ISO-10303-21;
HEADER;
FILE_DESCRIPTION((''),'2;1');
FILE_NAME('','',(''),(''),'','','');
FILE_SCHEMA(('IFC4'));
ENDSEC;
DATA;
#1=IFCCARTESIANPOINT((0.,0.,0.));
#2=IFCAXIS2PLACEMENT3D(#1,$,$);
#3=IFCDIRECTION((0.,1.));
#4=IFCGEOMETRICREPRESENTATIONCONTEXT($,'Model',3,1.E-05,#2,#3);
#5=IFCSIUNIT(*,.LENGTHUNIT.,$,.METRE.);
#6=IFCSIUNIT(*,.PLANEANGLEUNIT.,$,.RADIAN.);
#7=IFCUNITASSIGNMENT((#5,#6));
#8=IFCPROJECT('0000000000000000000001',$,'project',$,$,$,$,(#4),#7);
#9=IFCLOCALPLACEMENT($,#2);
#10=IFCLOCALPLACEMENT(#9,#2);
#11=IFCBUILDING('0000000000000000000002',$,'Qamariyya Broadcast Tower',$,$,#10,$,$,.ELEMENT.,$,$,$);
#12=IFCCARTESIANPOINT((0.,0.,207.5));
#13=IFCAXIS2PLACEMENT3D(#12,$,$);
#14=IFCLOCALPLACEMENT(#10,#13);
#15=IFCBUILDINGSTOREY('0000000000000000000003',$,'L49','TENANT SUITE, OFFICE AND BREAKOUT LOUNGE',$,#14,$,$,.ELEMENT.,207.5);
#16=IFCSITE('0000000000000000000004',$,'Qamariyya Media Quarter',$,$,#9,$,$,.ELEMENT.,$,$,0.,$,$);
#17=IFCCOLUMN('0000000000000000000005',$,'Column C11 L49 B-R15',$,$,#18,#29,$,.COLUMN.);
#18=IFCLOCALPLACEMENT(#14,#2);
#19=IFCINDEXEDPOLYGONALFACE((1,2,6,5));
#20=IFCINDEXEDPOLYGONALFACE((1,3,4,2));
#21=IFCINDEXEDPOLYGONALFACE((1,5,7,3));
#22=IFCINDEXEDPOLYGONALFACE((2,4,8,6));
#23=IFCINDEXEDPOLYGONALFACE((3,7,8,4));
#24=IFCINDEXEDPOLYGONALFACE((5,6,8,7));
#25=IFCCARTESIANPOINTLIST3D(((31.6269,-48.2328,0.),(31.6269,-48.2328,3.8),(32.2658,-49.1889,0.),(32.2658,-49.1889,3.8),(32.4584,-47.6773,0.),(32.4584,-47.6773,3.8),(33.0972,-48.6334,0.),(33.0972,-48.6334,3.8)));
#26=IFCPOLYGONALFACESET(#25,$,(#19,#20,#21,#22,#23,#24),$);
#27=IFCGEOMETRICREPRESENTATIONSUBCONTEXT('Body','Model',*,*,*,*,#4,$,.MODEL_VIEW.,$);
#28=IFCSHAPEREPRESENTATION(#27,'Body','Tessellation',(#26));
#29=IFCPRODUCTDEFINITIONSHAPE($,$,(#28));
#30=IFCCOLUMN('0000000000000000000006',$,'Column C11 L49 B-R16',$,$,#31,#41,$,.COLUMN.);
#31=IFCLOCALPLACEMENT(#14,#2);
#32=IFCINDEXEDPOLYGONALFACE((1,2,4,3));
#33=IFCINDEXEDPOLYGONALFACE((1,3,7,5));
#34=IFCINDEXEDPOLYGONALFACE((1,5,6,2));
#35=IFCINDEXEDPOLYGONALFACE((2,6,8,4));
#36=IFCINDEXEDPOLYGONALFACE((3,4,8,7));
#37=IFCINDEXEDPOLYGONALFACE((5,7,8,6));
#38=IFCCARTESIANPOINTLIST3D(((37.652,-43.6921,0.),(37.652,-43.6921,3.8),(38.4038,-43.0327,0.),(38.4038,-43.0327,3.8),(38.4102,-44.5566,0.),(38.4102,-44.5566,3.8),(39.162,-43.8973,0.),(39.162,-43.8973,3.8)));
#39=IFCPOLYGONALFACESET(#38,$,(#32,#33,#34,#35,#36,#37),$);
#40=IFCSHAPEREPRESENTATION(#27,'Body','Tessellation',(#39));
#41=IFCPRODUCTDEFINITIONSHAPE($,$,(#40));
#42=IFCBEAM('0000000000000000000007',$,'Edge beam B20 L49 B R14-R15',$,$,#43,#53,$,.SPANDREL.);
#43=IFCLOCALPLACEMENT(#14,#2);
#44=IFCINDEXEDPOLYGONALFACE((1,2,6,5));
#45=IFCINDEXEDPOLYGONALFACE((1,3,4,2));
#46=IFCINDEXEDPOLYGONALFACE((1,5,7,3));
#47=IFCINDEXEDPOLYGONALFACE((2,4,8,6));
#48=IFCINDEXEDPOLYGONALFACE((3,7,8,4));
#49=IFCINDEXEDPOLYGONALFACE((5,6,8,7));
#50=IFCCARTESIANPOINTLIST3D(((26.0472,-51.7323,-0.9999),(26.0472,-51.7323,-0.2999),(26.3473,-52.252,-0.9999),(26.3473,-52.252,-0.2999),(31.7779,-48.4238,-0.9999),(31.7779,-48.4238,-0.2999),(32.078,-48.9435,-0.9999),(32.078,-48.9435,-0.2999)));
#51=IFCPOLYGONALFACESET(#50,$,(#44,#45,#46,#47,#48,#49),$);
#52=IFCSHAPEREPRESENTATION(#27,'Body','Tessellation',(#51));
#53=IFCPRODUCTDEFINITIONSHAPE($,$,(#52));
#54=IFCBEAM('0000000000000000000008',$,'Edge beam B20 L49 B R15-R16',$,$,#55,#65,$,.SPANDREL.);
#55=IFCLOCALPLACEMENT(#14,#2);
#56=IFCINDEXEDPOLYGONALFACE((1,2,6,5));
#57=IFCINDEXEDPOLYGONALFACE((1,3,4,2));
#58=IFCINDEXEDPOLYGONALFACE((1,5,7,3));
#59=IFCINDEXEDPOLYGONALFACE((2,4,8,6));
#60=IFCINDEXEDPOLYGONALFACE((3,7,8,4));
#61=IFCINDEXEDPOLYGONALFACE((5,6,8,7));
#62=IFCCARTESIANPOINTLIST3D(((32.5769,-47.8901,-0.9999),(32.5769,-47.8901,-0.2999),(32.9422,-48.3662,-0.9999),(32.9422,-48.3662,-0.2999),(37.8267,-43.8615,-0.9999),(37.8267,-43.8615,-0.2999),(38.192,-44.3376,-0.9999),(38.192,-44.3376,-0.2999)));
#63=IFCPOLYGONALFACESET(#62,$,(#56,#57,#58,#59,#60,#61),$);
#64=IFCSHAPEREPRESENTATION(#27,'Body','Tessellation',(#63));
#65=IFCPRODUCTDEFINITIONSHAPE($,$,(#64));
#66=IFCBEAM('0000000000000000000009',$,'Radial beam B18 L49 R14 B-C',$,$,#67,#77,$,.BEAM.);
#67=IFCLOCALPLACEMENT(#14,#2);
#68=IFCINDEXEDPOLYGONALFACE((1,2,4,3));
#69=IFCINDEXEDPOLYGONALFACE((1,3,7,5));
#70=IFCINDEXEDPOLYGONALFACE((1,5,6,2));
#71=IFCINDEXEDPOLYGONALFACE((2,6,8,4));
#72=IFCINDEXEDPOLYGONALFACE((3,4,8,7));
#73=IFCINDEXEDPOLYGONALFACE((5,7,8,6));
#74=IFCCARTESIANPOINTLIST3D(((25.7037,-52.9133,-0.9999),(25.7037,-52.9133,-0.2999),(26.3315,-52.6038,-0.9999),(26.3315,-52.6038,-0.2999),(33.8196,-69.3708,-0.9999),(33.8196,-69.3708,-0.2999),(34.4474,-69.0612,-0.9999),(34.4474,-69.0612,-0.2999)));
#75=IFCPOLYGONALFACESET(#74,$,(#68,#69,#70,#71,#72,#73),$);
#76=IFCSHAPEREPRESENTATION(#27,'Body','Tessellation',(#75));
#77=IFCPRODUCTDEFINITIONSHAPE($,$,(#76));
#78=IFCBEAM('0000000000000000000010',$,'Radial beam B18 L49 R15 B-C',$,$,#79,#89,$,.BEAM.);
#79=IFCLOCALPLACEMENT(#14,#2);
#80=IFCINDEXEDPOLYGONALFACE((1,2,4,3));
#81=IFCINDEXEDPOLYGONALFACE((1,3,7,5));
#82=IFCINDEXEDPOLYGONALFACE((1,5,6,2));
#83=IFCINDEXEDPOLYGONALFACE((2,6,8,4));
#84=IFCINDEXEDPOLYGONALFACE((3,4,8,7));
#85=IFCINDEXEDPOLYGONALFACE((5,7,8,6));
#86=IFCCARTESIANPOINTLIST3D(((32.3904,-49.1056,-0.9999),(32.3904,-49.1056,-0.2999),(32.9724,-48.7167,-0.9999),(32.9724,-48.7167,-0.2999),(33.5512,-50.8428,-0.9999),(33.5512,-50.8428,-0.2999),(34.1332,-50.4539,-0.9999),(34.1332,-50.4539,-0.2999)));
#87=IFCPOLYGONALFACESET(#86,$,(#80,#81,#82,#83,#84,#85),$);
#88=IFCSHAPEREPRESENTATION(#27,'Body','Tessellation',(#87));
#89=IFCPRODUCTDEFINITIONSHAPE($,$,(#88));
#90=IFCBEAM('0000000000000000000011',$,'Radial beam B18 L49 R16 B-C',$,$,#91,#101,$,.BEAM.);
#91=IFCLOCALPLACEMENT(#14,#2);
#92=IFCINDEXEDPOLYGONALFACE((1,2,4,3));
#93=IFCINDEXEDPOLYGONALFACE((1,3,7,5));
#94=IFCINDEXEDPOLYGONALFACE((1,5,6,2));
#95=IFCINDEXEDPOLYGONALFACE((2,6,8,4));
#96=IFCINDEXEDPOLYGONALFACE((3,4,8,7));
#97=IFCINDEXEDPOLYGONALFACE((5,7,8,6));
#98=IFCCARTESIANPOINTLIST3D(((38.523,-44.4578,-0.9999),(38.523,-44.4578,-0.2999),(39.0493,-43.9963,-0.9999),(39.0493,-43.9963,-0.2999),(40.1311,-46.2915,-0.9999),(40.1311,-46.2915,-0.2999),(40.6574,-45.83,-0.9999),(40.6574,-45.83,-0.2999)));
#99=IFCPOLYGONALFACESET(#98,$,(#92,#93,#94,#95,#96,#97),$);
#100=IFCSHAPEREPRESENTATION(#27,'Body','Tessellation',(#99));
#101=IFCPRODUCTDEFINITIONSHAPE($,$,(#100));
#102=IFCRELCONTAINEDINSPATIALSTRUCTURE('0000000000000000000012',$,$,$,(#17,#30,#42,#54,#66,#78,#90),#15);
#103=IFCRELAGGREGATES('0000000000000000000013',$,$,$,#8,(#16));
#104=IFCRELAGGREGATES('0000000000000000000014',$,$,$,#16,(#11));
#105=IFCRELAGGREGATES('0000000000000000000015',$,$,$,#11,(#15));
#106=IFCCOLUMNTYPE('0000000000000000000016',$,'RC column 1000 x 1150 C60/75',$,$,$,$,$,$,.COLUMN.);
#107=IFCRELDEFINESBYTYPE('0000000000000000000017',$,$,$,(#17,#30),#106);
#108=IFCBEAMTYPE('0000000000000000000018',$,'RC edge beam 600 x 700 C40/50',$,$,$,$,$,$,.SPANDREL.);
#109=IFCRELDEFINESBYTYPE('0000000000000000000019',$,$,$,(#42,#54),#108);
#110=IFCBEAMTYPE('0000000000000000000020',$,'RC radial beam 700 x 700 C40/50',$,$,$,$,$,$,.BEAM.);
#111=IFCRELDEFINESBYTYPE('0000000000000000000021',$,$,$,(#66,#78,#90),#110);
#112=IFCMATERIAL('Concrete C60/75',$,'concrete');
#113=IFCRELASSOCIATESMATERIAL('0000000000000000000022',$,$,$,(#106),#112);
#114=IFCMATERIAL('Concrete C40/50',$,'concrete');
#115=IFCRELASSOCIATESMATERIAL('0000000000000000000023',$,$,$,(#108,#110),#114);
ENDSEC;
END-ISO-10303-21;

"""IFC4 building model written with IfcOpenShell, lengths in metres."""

from ifc_helpers import new_model, si_unit, direction, frame, origin, origin_2d, place, context, subcontext, project, spatial, rectangle, extrude, material, material_profile, profile_set, type_object, element, save


model = new_model("IFC4")

# Units and contexts
model_context = context("Model", 3, precision=1e-05, world=origin(), true_north=direction((0.0, 1.0)))
body_context = subcontext(model_context, "Body", "Model", "MODEL_VIEW")
ifc_project = project(units=[si_unit("LENGTHUNIT", "METRE"), si_unit("PLANEANGLEUNIT", "RADIAN")], contexts=[model_context])

# Site, building, storey
site_placement = place(None, origin())
site = spatial("IfcSite", under=ifc_project, at=site_placement, Name="Qamariyya Media Quarter", CompositionType="ELEMENT", RefElevation=0.0)
building_placement = place(site_placement, origin())
building = spatial("IfcBuilding", under=site, at=building_placement, Name="Qamariyya Broadcast Tower", CompositionType="ELEMENT")
storey_placement = place(building_placement, frame((0.0, 0.0, 207.5)))
storey = spatial("IfcBuildingStorey", under=building, at=storey_placement, Name="L49", Description="TENANT SUITE, OFFICE AND BREAKOUT LOUNGE", CompositionType="ELEMENT", Elevation=207.5)

# Columns
ifc_material_1 = material(Name="Concrete C60/75", Category="concrete")
ifc_material_profile_1 = material_profile(ifc_material_1, rectangle(XDim=1.0, YDim=1.1499, at=origin_2d()))
ifc_profile_set_1 = profile_set([ifc_material_profile_1], Name="Concrete C60/75")
column_type = type_object("IfcColumnType", Name="RC column 1000 x 1150 C60/75", PredefinedType="COLUMN", material=ifc_profile_set_1)
for number, where, z_axis, x_axis, name in (
    (1, (32.3621, -48.4331, 0.0), (0.0, 0.0, 1.0), (0.83147, 0.55557, 0.0), "Column C11 L49 B-R15"),
    (2, (38.407, -43.7947, 0.0), (0.0, 0.0, 1.0), (0.75184, 0.659346, 0.0), "Column C11 L49 B-R16"),
):
    element("IfcColumn", number, at=place(storey_placement, frame(where, z_axis=z_axis, x_axis=x_axis)), inside=storey, type_object=column_type, Name=name, PredefinedType="COLUMN", context=body_context, shape_type="SweptSolid", body=[
        extrude(rectangle(XDim=1.0, YDim=1.1499, at=origin_2d()), origin(), (0.0, 0.0, 1.0), 3.8),
    ])

# Beams
ifc_material_2 = material(Name="Concrete C40/50", Category="concrete")
ifc_material_profile_2 = material_profile(ifc_material_2, rectangle(XDim=0.6001, YDim=0.7, at=origin_2d()))
ifc_profile_set_2 = profile_set([ifc_material_profile_2], Name="Concrete C40/50")
beam_type_1 = type_object("IfcBeamType", Name="RC edge beam 600 x 700 C40/50", PredefinedType="SPANDREL", material=ifc_profile_set_2)
beam_1_placement = place(storey_placement, frame((26.1973, -51.9922, -0.6499), z_axis=(0.866028, 0.499996, 0.0), x_axis=(-0.499996, 0.866028, 0.0)))
element("IfcBeam", 3, at=beam_1_placement, inside=storey, type_object=beam_type_1, Name="Edge beam B20 L49 B R14-R15", PredefinedType="SPANDREL", context=body_context, shape_type="SweptSolid", body=[
    extrude(rectangle(XDim=0.6001, YDim=0.7, at=origin_2d()), origin(), (0.0, 0.0, 1.0), 6.6172),
])
beam_2_placement = place(storey_placement, frame((32.7595, -48.1282, -0.6499), z_axis=(0.793333, 0.608789, 0.0), x_axis=(-0.608789, 0.793333, 0.0)))
element("IfcBeam", 4, at=beam_2_placement, inside=storey, type_object=beam_type_1, Name="Edge beam B20 L49 B R15-R16", PredefinedType="SPANDREL", context=body_context, shape_type="SweptSolid", body=[
    extrude(rectangle(XDim=0.6001, YDim=0.7, at=origin_2d()), origin(), (0.0, 0.0, 1.0), 6.6174),
])
ifc_material_profile_3 = material_profile(ifc_material_2, rectangle(XDim=0.7, YDim=0.7, at=origin_2d()))
ifc_profile_set_3 = profile_set([ifc_material_profile_3], Name="Concrete C40/50")
beam_type_2 = type_object("IfcBeamType", Name="RC radial beam 700 x 700 C40/50", PredefinedType="BEAM", material=ifc_profile_set_3)
beam_3_placement = place(storey_placement, frame((26.0176, -52.7585, -0.6499), z_axis=(0.442289, -0.896872, 0.0), x_axis=(0.896872, 0.442289, 0.0)))
element("IfcBeam", 5, at=beam_3_placement, inside=storey, type_object=beam_type_2, Name="Radial beam B18 L49 R14 B-C", PredefinedType="BEAM", context=body_context, shape_type="SweptSolid", body=[
    extrude(rectangle(XDim=0.7, YDim=0.7, at=origin_2d()), origin(), (0.0, 0.0, 1.0), 18.3499),
])
beam_4_placement = place(storey_placement, frame((32.6814, -48.9111, -0.6499), z_axis=(0.55559, -0.831457, 0.0), x_axis=(0.831457, 0.55559, 0.0)))
element("IfcBeam", 6, at=beam_4_placement, inside=storey, type_object=beam_type_2, Name="Radial beam B18 L49 R15 B-C", PredefinedType="BEAM", context=body_context, shape_type="SweptSolid", body=[
    extrude(rectangle(XDim=0.7, YDim=0.7, at=origin_2d()), origin(), (0.0, 0.0, 1.0), 2.0894),
])
beam_5_placement = place(storey_placement, frame((38.7861, -44.2271, -0.6499), z_axis=(0.659348, -0.751838, 0.0), x_axis=(0.751838, 0.659348, 0.0)))
element("IfcBeam", 7, at=beam_5_placement, inside=storey, type_object=beam_type_2, Name="Radial beam B18 L49 R16 B-C", PredefinedType="BEAM", context=body_context, shape_type="SweptSolid", body=[
    extrude(rectangle(XDim=0.7, YDim=0.7, at=origin_2d()), origin(), (0.0, 0.0, 1.0), 2.439),
])

save(model, "model.ifc")
